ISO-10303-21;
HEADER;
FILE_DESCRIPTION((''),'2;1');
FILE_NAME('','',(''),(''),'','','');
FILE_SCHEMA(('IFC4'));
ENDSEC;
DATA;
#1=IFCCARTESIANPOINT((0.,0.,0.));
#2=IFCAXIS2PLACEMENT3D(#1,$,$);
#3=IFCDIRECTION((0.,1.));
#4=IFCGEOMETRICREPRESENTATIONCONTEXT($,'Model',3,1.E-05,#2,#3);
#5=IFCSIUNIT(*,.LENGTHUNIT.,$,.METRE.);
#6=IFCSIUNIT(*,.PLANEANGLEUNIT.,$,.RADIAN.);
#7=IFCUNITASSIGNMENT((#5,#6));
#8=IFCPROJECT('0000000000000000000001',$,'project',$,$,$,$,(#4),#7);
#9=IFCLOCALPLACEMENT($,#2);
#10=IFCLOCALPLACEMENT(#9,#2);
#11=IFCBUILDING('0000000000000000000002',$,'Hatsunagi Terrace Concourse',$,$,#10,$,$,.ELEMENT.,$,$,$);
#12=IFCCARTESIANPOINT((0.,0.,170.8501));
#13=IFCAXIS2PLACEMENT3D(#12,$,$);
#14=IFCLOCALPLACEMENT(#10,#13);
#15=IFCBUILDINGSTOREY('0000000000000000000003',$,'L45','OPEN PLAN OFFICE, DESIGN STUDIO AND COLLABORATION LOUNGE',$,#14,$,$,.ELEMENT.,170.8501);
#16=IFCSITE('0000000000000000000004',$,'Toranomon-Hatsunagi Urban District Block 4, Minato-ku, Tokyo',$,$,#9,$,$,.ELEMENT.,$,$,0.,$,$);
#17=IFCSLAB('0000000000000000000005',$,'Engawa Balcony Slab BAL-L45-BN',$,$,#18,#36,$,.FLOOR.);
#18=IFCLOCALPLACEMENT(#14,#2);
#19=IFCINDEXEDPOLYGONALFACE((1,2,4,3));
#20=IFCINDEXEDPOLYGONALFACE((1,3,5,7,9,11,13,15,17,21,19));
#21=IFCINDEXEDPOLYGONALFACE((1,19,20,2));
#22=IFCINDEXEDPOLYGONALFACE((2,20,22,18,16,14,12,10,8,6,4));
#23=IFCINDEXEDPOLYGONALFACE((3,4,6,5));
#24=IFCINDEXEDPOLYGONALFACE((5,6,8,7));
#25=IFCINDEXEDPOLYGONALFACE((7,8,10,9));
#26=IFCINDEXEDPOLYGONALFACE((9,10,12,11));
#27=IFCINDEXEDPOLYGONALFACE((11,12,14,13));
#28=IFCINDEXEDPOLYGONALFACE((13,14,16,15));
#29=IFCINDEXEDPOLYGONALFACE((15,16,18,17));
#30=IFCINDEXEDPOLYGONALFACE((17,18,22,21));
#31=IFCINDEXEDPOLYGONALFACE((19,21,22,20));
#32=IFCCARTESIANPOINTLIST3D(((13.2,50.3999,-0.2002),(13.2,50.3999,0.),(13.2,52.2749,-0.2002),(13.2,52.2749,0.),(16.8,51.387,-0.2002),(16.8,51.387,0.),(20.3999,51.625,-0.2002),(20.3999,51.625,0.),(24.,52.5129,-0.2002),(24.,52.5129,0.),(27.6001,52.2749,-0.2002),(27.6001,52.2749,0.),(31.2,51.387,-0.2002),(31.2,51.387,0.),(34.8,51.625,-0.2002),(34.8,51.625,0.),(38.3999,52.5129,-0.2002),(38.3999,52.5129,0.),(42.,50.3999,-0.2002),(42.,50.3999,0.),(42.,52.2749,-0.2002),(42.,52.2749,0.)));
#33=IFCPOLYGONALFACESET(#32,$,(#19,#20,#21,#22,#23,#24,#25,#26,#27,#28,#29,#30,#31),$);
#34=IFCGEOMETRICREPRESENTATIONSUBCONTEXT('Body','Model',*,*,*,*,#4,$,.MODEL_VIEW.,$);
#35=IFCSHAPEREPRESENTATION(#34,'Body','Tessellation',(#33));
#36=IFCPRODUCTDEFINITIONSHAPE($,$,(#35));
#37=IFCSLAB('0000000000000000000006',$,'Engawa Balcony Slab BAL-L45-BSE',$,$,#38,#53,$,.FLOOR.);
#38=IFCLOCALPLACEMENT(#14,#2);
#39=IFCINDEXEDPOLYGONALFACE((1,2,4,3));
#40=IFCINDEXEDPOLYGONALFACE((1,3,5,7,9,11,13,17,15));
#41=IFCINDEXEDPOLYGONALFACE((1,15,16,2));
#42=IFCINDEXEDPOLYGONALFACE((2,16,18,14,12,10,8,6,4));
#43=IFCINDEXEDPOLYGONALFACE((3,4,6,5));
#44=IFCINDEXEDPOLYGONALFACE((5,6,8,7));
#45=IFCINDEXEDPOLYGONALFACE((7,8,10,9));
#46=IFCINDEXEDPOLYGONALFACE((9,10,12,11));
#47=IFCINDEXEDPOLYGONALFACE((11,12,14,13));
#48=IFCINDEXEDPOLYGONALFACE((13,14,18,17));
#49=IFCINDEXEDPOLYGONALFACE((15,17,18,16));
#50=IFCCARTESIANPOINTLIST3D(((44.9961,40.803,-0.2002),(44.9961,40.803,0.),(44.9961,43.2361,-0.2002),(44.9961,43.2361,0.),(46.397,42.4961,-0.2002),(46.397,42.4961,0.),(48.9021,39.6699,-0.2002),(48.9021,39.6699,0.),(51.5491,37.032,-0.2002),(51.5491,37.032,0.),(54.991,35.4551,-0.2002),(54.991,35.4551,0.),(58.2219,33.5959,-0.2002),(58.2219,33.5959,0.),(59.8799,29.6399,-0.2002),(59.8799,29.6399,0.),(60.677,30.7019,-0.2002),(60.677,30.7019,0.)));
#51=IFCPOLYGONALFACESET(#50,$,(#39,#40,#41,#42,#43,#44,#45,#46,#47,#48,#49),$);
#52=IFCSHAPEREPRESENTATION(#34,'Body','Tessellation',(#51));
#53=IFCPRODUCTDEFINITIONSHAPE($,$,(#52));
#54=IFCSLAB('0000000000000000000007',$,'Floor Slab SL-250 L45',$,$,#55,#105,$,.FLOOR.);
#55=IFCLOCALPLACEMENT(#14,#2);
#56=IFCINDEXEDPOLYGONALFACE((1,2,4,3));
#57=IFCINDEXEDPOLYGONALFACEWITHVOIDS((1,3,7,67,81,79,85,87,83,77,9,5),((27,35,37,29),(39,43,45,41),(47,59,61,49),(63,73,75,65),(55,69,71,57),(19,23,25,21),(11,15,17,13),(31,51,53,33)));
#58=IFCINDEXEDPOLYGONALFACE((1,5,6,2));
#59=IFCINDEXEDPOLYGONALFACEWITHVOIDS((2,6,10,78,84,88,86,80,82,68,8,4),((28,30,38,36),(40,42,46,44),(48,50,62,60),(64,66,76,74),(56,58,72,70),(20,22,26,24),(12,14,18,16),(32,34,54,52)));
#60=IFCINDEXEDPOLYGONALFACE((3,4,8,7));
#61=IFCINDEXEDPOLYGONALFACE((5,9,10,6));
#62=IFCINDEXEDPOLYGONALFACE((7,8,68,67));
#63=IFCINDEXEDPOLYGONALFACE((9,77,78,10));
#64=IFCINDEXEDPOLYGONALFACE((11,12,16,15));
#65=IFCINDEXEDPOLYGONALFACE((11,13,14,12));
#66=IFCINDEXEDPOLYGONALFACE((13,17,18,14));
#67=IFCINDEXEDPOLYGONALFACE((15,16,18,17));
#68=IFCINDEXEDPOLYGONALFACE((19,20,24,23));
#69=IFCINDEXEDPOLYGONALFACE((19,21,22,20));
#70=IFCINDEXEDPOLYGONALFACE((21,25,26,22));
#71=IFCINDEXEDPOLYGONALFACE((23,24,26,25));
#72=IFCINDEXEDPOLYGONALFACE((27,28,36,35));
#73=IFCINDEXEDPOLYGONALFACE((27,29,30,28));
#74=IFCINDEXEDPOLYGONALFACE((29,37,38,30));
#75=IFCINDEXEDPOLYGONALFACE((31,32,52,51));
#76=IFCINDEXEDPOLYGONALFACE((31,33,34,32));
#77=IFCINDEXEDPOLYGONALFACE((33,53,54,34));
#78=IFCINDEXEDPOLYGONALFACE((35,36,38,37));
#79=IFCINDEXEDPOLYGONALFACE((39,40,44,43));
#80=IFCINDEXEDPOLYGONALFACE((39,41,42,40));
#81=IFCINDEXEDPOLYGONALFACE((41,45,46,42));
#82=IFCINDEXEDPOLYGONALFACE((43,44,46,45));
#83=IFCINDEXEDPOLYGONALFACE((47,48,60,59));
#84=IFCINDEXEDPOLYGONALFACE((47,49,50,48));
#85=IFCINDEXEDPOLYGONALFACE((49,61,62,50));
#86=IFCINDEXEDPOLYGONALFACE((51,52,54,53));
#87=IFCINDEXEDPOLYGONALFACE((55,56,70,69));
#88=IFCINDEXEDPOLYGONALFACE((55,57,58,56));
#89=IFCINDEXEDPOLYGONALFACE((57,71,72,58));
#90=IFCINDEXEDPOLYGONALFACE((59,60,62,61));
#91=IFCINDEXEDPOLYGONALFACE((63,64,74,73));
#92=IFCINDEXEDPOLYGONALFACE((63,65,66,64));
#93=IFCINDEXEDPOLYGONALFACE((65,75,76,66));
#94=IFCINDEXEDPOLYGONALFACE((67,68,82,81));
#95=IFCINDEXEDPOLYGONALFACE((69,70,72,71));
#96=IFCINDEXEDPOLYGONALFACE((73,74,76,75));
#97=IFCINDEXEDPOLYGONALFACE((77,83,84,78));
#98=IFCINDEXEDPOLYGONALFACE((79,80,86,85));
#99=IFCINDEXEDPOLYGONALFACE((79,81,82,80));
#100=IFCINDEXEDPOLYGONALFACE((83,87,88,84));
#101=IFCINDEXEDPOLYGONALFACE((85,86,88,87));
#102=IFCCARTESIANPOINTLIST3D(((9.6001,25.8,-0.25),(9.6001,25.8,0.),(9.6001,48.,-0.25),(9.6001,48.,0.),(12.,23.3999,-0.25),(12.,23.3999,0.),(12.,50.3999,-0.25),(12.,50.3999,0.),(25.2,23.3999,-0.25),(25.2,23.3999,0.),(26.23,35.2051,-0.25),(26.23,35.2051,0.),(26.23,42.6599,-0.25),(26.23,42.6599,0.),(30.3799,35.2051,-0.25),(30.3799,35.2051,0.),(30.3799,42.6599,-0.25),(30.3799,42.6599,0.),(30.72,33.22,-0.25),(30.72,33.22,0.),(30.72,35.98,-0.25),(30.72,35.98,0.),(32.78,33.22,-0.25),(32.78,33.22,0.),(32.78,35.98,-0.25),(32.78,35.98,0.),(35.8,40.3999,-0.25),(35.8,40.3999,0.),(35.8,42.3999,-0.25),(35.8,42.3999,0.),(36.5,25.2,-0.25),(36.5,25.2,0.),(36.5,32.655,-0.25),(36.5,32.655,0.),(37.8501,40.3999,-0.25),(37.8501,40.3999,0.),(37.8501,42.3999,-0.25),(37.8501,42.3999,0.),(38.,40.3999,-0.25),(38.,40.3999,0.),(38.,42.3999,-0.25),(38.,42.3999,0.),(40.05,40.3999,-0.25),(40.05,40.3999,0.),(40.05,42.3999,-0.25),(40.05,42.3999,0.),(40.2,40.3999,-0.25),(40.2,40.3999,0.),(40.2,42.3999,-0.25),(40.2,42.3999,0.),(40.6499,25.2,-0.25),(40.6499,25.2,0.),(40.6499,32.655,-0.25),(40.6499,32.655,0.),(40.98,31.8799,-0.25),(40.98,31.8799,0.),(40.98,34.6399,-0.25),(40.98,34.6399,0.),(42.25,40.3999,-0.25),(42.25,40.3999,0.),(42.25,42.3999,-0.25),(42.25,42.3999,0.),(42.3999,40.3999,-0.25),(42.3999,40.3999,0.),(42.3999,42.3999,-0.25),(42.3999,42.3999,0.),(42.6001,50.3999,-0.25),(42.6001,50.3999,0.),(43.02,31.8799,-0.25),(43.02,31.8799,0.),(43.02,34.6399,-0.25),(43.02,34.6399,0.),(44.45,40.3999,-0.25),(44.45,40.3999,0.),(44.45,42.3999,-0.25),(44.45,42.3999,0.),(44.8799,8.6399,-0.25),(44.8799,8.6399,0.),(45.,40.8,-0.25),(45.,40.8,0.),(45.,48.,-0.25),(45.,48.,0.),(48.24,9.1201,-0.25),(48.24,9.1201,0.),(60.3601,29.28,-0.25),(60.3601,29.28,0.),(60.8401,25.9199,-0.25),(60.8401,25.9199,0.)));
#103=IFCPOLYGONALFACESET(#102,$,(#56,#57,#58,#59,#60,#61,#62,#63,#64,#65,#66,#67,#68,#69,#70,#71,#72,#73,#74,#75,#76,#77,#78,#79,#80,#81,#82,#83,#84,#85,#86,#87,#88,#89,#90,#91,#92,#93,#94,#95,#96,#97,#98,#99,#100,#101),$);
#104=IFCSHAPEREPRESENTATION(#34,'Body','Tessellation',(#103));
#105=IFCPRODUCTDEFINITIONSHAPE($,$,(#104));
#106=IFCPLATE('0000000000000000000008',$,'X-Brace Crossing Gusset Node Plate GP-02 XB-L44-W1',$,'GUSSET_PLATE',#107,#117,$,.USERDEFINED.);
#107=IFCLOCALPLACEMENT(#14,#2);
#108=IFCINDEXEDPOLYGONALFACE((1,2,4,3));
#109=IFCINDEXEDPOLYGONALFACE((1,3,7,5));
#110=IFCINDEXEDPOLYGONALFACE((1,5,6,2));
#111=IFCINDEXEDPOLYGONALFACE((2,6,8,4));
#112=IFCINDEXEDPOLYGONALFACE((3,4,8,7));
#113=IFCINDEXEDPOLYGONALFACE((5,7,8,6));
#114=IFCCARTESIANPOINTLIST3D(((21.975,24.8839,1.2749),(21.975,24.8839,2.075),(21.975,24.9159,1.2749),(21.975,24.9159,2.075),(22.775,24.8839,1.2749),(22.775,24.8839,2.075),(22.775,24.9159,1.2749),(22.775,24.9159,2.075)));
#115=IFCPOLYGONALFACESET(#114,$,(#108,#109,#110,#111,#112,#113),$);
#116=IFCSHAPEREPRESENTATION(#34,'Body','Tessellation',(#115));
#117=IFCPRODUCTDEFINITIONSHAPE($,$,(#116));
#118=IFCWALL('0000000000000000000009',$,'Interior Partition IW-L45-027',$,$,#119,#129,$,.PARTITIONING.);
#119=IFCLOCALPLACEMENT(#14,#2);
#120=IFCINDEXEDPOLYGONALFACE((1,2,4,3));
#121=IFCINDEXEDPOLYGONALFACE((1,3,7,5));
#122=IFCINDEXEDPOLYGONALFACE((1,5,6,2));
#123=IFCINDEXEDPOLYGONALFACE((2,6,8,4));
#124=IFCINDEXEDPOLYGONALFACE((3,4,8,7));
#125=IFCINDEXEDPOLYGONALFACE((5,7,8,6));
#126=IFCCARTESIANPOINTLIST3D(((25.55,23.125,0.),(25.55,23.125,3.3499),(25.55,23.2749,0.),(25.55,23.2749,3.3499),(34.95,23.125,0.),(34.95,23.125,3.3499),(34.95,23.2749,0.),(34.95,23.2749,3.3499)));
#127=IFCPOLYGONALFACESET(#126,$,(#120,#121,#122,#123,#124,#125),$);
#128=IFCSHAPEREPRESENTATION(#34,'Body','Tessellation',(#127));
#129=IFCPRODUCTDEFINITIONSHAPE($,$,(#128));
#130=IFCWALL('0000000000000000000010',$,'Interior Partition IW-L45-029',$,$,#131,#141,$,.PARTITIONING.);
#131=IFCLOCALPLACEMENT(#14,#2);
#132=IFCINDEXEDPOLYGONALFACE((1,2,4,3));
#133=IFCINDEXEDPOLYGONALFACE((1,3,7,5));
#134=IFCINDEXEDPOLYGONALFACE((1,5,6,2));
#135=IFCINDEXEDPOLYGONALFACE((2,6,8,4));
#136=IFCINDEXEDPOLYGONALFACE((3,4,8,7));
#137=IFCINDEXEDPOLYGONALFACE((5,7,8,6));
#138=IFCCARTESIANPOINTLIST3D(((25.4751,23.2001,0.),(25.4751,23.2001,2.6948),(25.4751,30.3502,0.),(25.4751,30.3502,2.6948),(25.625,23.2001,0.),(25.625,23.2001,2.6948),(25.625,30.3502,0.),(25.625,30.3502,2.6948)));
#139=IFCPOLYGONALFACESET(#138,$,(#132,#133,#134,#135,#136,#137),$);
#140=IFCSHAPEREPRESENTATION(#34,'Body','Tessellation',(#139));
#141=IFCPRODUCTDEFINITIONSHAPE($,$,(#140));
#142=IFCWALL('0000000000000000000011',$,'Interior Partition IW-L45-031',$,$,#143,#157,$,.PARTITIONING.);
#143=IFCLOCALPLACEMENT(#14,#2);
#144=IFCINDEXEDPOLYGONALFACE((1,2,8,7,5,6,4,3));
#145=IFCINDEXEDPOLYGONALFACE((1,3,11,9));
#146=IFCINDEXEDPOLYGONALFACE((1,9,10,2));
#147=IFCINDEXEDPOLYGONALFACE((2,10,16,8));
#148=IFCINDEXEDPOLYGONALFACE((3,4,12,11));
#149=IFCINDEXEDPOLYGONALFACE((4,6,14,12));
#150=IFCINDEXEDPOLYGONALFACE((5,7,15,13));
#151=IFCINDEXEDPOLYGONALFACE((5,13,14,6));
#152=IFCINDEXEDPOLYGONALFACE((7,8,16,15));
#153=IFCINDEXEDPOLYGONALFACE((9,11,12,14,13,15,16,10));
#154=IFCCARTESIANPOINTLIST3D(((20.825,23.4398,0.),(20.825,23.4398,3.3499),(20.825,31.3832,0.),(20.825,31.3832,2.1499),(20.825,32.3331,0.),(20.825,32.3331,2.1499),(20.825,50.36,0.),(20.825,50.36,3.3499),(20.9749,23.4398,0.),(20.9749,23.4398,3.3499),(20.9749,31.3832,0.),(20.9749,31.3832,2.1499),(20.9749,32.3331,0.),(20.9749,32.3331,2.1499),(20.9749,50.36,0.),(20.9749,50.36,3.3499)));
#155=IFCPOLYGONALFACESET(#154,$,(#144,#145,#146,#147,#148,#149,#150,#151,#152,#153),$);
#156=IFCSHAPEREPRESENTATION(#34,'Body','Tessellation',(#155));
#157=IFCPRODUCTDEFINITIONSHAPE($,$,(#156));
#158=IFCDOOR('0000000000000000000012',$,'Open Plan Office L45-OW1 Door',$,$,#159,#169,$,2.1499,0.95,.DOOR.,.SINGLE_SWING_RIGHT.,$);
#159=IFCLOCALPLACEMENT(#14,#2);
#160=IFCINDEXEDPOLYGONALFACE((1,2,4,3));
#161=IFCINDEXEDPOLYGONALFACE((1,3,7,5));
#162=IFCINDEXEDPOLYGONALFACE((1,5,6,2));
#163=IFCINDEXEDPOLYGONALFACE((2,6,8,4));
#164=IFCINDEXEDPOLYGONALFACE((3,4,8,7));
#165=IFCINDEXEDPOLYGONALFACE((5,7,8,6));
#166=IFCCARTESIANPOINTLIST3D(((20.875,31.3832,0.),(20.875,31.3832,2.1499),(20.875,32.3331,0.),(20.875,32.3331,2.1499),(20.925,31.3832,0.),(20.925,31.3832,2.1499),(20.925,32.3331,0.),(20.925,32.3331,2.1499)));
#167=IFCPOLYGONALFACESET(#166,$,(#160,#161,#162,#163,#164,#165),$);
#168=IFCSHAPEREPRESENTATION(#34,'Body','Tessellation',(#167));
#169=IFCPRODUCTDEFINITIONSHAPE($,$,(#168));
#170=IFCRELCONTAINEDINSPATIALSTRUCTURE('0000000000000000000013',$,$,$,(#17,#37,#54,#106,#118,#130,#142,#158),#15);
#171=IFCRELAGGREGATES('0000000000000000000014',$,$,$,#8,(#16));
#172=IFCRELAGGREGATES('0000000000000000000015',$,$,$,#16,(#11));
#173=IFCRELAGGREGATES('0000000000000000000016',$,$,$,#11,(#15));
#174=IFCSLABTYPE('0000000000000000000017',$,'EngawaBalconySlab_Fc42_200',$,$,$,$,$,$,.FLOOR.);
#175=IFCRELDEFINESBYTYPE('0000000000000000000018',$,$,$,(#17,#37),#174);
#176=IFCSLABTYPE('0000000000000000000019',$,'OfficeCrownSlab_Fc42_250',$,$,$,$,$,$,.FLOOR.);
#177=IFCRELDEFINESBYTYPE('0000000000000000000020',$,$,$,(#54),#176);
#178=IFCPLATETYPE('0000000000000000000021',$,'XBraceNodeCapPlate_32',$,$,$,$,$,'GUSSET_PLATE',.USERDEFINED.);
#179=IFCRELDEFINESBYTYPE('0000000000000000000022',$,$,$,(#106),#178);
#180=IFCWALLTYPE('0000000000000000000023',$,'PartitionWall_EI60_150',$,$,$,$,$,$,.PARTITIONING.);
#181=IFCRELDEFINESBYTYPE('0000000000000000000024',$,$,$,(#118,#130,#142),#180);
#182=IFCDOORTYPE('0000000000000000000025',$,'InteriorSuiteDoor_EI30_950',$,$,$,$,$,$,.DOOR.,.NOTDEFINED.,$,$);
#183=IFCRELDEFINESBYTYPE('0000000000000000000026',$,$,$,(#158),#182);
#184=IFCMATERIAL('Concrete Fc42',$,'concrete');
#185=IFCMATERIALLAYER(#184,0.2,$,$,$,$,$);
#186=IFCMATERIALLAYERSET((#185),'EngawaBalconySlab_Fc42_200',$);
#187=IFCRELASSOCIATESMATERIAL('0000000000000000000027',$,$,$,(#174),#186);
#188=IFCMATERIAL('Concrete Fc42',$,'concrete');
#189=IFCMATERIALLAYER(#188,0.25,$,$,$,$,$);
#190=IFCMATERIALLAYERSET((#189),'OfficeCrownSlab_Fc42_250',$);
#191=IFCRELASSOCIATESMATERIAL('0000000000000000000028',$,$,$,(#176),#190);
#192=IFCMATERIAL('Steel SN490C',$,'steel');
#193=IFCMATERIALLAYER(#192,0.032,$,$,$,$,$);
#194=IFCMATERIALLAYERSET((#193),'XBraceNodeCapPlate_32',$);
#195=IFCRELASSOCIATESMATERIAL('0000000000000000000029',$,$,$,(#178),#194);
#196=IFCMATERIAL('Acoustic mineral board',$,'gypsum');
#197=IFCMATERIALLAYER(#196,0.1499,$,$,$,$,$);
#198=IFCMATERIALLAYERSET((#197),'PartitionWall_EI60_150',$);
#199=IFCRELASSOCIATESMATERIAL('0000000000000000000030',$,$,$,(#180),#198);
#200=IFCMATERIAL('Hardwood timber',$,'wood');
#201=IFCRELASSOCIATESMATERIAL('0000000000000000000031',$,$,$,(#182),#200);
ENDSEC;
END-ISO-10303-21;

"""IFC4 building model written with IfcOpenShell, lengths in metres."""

from ifc_helpers import new_model, si_unit, direction, frame, frame_2d, origin, origin_2d, place, context, subcontext, project, spatial, polyline, rectangle, outline, extrude, material, layer, layer_set, type_object, element, fill, save


model = new_model("IFC4")

# Units and contexts
model_context = context("Model", 3, precision=1e-05, world=origin(), true_north=direction((0.0, 1.0)))
body_context = subcontext(model_context, "Body", "Model", "MODEL_VIEW")
ifc_project = project(units=[si_unit("LENGTHUNIT", "METRE"), si_unit("PLANEANGLEUNIT", "RADIAN")], contexts=[model_context])

# Site, building, storey
site_placement = place(None, origin())
site = spatial("IfcSite", under=ifc_project, at=site_placement, Name="Toranomon-Hatsunagi Urban District Block 4, Minato-ku, Tokyo", CompositionType="ELEMENT", RefElevation=0.0)
building_placement = place(site_placement, origin())
building = spatial("IfcBuilding", under=site, at=building_placement, Name="Hatsunagi Terrace Concourse", CompositionType="ELEMENT")
storey_placement = place(building_placement, frame((0.0, 0.0, 170.8501)))
storey = spatial("IfcBuildingStorey", under=building, at=storey_placement, Name="L45", Description="OPEN PLAN OFFICE, DESIGN STUDIO AND COLLABORATION LOUNGE", CompositionType="ELEMENT", Elevation=170.8501)

# Slabs
ifc_material_1 = material(Name="Concrete Fc42", Category="concrete")
ifc_layer_1 = layer(ifc_material_1, 0.2)
ifc_layer_set_1 = layer_set([ifc_layer_1], Name="EngawaBalconySlab_Fc42_200")
slab_type_1 = type_object("IfcSlabType", Name="EngawaBalconySlab_Fc42_200", PredefinedType="FLOOR", material=ifc_layer_set_1)
slab_1_placement = place(storey_placement, frame((0.0, 0.0, -0.2002)))
element("IfcSlab", 1, at=slab_1_placement, inside=storey, type_object=slab_type_1, Name="Engawa Balcony Slab BAL-L45-BN", PredefinedType="FLOOR", context=body_context, shape_type="SweptSolid", body=[
    extrude(outline(polyline([(13.2, 52.2749), (13.2, 50.3999), (42.0, 50.3999), (42.0, 52.2749), (38.3999, 52.5129), (34.8, 51.625), (31.2, 51.387), (27.6001, 52.2749), (24.0, 52.5129), (20.3999, 51.625), (16.8, 51.387), (13.2, 52.2749)])), origin(), (0.0, 0.0, 1.0), 0.2002),
])
slab_2_placement = place(storey_placement, frame((0.0, 0.0, -0.2002)))
element("IfcSlab", 2, at=slab_2_placement, inside=storey, type_object=slab_type_1, Name="Engawa Balcony Slab BAL-L45-BSE", PredefinedType="FLOOR", context=body_context, shape_type="SweptSolid", body=[
    extrude(outline(polyline([(46.397, 42.4961), (44.9961, 43.2361), (44.9961, 40.803), (59.8799, 29.6399), (60.677, 30.7019), (58.2219, 33.5959), (54.991, 35.4551), (51.5491, 37.032), (48.9021, 39.6699), (46.397, 42.4961)])), origin(), (0.0, 0.0, 1.0), 0.2002),
])
ifc_material_2 = material(Name="Concrete Fc42", Category="concrete")
ifc_layer_2 = layer(ifc_material_2, 0.25)
ifc_layer_set_2 = layer_set([ifc_layer_2], Name="OfficeCrownSlab_Fc42_250")
slab_type_2 = type_object("IfcSlabType", Name="OfficeCrownSlab_Fc42_250", PredefinedType="FLOOR", material=ifc_layer_set_2)
slab_3_placement = place(storey_placement, frame((0.0, 0.0, -0.25)))
element("IfcSlab", 3, at=slab_3_placement, inside=storey, type_object=slab_type_2, Name="Floor Slab SL-250 L45", PredefinedType="FLOOR", context=body_context, shape_type="SweptSolid", body=[
    extrude(outline(polyline([(45.0, 40.8), (45.0, 48.0), (42.6001, 50.3999), (12.0, 50.3999), (9.6001, 48.0), (9.6001, 25.8), (12.0, 23.3999), (25.2, 23.3999), (44.8799, 8.6399), (48.24, 9.1201), (60.8401, 25.9199), (60.3601, 29.28), (45.0, 40.8)]), holes=[polyline([(26.23, 35.2051), (30.3799, 35.2051), (30.3799, 42.6599), (26.23, 42.6599), (26.23, 35.2051)]), polyline([(36.5, 25.2), (40.6499, 25.2), (40.6499, 32.655), (36.5, 32.655), (36.5, 25.2)]), polyline([(30.72, 33.22), (32.78, 33.22), (32.78, 35.98), (30.72, 35.98), (30.72, 33.22)]), polyline([(40.98, 31.8799), (43.02, 31.8799), (43.02, 34.6399), (40.98, 34.6399), (40.98, 31.8799)]), polyline([(35.8, 40.3999), (37.8501, 40.3999), (37.8501, 42.3999), (35.8, 42.3999), (35.8, 40.3999)]), polyline([(38.0, 40.3999), (40.05, 40.3999), (40.05, 42.3999), (38.0, 42.3999), (38.0, 40.3999)]), polyline([(40.2, 40.3999), (42.25, 40.3999), (42.25, 42.3999), (40.2, 42.3999), (40.2, 40.3999)]), polyline([(42.3999, 40.3999), (44.45, 40.3999), (44.45, 42.3999), (42.3999, 42.3999), (42.3999, 40.3999)])]), origin(), (0.0, 0.0, 1.0), 0.25),
])

# Plate
ifc_material_3 = material(Name="Steel SN490C", Category="steel")
ifc_layer_3 = layer(ifc_material_3, 0.032)
ifc_layer_set_3 = layer_set([ifc_layer_3], Name="XBraceNodeCapPlate_32")
plate_type_1 = type_object("IfcPlateType", Name="XBraceNodeCapPlate_32", ElementType="GUSSET_PLATE", PredefinedType="USERDEFINED", material=ifc_layer_set_3)
plate_1_placement = place(storey_placement, frame((22.375, 24.8999, 1.2749), z_axis=(0.0, 0.0, 1.0), x_axis=(1.0, 0.0, 0.0)))
element("IfcPlate", 4, at=plate_1_placement, inside=storey, type_object=plate_type_1, Name="X-Brace Crossing Gusset Node Plate GP-02 XB-L44-W1", ObjectType="GUSSET_PLATE", PredefinedType="USERDEFINED", context=body_context, shape_type="SweptSolid", body=[
    extrude(rectangle(XDim=0.8, YDim=0.032, at=origin_2d()), origin(), (0.0, 0.0, 1.0), 0.8),
])

# Walls
ifc_material_4 = material(Name="Acoustic mineral board", Category="gypsum")
ifc_layer_4 = layer(ifc_material_4, 0.1499)
ifc_layer_set_4 = layer_set([ifc_layer_4], Name="PartitionWall_EI60_150")
wall_type_1 = type_object("IfcWallType", Name="PartitionWall_EI60_150", PredefinedType="PARTITIONING", material=ifc_layer_set_4)
wall_1_placement = place(storey_placement, frame((25.55, 23.2, 0.0), z_axis=(0.0, 0.0, 1.0), x_axis=(1.0, 0.0, 0.0)))
element("IfcWall", 5, at=wall_1_placement, inside=storey, type_object=wall_type_1, Name="Interior Partition IW-L45-027", PredefinedType="PARTITIONING", context=body_context, shape_type="SweptSolid", body=[
    extrude(rectangle(XDim=9.3999, YDim=0.1499, at=frame_2d((4.7, 0.0))), origin(), (0.0, 0.0, 1.0), 3.3499),
])
wall_2_placement = place(storey_placement, frame((25.55, 23.2, 0.0), z_axis=(0.0, 0.0, 1.0), x_axis=(0.0, 1.0, 0.0)))
element("IfcWall", 6, at=wall_2_placement, inside=storey, type_object=wall_type_1, Name="Interior Partition IW-L45-029", PredefinedType="PARTITIONING", context=body_context, shape_type="SweptSolid", body=[
    extrude(rectangle(XDim=7.1501, YDim=0.1499, at=frame_2d((3.5752, 0.0))), origin(), (0.0, 0.0, 1.0), 2.6948),
])

# Wall, opening, door
wall_3_placement = place(storey_placement, frame((20.8999, 23.4399, 0.0), z_axis=(0.0, 0.0, 1.0), x_axis=(0.0, 1.0, 0.0)))
wall_3 = element("IfcWall", 7, at=wall_3_placement, inside=storey, type_object=wall_type_1, Name="Interior Partition IW-L45-031", PredefinedType="PARTITIONING", context=body_context, shape_type="SweptSolid", body=[
    extrude(rectangle(XDim=26.9202, YDim=0.1499, at=frame_2d((13.46, 0.0))), origin(), (0.0, 0.0, 1.0), 3.3499),
])
opening_placement = place(wall_3_placement, frame((7.9431, 0.0, 0.0)))
opening = element("IfcOpeningElement", 8, at=opening_placement, cuts=wall_3, PredefinedType="OPENING", context=body_context, shape_type="SweptSolid", body=[
    extrude(rectangle(XDim=0.95, YDim=2.1499, at=frame_2d((0.4751, 1.075))), frame((0.0, 0.085, 0.0), z_axis=(0.0, -1.0, 0.0), x_axis=(1.0, 0.0, 0.0)), (0.0, 0.0, 1.0), 0.1699),
])
ifc_material_5 = material(Name="Hardwood timber", Category="wood")
door_type = type_object("IfcDoorType", Name="InteriorSuiteDoor_EI30_950", OperationType="NOTDEFINED", PredefinedType="DOOR", material=ifc_material_5)
door_placement = place(opening_placement, origin())
door = element("IfcDoor", 9, at=door_placement, inside=storey, type_object=door_type, Name="Open Plan Office L45-OW1 Door", OperationType="SINGLE_SWING_RIGHT", OverallHeight=2.1499, OverallWidth=0.95, PredefinedType="DOOR", context=body_context, shape_type="SweptSolid", body=[
    extrude(rectangle(XDim=0.95, YDim=2.1499, at=frame_2d((0.4751, 1.075))), frame((0.0, 0.0249, 0.0), z_axis=(0.0, -1.0, 0.0), x_axis=(1.0, 0.0, 0.0)), (0.0, 0.0, 1.0), 0.05),
])
fill(opening, door)

save(model, "model.ifc")
